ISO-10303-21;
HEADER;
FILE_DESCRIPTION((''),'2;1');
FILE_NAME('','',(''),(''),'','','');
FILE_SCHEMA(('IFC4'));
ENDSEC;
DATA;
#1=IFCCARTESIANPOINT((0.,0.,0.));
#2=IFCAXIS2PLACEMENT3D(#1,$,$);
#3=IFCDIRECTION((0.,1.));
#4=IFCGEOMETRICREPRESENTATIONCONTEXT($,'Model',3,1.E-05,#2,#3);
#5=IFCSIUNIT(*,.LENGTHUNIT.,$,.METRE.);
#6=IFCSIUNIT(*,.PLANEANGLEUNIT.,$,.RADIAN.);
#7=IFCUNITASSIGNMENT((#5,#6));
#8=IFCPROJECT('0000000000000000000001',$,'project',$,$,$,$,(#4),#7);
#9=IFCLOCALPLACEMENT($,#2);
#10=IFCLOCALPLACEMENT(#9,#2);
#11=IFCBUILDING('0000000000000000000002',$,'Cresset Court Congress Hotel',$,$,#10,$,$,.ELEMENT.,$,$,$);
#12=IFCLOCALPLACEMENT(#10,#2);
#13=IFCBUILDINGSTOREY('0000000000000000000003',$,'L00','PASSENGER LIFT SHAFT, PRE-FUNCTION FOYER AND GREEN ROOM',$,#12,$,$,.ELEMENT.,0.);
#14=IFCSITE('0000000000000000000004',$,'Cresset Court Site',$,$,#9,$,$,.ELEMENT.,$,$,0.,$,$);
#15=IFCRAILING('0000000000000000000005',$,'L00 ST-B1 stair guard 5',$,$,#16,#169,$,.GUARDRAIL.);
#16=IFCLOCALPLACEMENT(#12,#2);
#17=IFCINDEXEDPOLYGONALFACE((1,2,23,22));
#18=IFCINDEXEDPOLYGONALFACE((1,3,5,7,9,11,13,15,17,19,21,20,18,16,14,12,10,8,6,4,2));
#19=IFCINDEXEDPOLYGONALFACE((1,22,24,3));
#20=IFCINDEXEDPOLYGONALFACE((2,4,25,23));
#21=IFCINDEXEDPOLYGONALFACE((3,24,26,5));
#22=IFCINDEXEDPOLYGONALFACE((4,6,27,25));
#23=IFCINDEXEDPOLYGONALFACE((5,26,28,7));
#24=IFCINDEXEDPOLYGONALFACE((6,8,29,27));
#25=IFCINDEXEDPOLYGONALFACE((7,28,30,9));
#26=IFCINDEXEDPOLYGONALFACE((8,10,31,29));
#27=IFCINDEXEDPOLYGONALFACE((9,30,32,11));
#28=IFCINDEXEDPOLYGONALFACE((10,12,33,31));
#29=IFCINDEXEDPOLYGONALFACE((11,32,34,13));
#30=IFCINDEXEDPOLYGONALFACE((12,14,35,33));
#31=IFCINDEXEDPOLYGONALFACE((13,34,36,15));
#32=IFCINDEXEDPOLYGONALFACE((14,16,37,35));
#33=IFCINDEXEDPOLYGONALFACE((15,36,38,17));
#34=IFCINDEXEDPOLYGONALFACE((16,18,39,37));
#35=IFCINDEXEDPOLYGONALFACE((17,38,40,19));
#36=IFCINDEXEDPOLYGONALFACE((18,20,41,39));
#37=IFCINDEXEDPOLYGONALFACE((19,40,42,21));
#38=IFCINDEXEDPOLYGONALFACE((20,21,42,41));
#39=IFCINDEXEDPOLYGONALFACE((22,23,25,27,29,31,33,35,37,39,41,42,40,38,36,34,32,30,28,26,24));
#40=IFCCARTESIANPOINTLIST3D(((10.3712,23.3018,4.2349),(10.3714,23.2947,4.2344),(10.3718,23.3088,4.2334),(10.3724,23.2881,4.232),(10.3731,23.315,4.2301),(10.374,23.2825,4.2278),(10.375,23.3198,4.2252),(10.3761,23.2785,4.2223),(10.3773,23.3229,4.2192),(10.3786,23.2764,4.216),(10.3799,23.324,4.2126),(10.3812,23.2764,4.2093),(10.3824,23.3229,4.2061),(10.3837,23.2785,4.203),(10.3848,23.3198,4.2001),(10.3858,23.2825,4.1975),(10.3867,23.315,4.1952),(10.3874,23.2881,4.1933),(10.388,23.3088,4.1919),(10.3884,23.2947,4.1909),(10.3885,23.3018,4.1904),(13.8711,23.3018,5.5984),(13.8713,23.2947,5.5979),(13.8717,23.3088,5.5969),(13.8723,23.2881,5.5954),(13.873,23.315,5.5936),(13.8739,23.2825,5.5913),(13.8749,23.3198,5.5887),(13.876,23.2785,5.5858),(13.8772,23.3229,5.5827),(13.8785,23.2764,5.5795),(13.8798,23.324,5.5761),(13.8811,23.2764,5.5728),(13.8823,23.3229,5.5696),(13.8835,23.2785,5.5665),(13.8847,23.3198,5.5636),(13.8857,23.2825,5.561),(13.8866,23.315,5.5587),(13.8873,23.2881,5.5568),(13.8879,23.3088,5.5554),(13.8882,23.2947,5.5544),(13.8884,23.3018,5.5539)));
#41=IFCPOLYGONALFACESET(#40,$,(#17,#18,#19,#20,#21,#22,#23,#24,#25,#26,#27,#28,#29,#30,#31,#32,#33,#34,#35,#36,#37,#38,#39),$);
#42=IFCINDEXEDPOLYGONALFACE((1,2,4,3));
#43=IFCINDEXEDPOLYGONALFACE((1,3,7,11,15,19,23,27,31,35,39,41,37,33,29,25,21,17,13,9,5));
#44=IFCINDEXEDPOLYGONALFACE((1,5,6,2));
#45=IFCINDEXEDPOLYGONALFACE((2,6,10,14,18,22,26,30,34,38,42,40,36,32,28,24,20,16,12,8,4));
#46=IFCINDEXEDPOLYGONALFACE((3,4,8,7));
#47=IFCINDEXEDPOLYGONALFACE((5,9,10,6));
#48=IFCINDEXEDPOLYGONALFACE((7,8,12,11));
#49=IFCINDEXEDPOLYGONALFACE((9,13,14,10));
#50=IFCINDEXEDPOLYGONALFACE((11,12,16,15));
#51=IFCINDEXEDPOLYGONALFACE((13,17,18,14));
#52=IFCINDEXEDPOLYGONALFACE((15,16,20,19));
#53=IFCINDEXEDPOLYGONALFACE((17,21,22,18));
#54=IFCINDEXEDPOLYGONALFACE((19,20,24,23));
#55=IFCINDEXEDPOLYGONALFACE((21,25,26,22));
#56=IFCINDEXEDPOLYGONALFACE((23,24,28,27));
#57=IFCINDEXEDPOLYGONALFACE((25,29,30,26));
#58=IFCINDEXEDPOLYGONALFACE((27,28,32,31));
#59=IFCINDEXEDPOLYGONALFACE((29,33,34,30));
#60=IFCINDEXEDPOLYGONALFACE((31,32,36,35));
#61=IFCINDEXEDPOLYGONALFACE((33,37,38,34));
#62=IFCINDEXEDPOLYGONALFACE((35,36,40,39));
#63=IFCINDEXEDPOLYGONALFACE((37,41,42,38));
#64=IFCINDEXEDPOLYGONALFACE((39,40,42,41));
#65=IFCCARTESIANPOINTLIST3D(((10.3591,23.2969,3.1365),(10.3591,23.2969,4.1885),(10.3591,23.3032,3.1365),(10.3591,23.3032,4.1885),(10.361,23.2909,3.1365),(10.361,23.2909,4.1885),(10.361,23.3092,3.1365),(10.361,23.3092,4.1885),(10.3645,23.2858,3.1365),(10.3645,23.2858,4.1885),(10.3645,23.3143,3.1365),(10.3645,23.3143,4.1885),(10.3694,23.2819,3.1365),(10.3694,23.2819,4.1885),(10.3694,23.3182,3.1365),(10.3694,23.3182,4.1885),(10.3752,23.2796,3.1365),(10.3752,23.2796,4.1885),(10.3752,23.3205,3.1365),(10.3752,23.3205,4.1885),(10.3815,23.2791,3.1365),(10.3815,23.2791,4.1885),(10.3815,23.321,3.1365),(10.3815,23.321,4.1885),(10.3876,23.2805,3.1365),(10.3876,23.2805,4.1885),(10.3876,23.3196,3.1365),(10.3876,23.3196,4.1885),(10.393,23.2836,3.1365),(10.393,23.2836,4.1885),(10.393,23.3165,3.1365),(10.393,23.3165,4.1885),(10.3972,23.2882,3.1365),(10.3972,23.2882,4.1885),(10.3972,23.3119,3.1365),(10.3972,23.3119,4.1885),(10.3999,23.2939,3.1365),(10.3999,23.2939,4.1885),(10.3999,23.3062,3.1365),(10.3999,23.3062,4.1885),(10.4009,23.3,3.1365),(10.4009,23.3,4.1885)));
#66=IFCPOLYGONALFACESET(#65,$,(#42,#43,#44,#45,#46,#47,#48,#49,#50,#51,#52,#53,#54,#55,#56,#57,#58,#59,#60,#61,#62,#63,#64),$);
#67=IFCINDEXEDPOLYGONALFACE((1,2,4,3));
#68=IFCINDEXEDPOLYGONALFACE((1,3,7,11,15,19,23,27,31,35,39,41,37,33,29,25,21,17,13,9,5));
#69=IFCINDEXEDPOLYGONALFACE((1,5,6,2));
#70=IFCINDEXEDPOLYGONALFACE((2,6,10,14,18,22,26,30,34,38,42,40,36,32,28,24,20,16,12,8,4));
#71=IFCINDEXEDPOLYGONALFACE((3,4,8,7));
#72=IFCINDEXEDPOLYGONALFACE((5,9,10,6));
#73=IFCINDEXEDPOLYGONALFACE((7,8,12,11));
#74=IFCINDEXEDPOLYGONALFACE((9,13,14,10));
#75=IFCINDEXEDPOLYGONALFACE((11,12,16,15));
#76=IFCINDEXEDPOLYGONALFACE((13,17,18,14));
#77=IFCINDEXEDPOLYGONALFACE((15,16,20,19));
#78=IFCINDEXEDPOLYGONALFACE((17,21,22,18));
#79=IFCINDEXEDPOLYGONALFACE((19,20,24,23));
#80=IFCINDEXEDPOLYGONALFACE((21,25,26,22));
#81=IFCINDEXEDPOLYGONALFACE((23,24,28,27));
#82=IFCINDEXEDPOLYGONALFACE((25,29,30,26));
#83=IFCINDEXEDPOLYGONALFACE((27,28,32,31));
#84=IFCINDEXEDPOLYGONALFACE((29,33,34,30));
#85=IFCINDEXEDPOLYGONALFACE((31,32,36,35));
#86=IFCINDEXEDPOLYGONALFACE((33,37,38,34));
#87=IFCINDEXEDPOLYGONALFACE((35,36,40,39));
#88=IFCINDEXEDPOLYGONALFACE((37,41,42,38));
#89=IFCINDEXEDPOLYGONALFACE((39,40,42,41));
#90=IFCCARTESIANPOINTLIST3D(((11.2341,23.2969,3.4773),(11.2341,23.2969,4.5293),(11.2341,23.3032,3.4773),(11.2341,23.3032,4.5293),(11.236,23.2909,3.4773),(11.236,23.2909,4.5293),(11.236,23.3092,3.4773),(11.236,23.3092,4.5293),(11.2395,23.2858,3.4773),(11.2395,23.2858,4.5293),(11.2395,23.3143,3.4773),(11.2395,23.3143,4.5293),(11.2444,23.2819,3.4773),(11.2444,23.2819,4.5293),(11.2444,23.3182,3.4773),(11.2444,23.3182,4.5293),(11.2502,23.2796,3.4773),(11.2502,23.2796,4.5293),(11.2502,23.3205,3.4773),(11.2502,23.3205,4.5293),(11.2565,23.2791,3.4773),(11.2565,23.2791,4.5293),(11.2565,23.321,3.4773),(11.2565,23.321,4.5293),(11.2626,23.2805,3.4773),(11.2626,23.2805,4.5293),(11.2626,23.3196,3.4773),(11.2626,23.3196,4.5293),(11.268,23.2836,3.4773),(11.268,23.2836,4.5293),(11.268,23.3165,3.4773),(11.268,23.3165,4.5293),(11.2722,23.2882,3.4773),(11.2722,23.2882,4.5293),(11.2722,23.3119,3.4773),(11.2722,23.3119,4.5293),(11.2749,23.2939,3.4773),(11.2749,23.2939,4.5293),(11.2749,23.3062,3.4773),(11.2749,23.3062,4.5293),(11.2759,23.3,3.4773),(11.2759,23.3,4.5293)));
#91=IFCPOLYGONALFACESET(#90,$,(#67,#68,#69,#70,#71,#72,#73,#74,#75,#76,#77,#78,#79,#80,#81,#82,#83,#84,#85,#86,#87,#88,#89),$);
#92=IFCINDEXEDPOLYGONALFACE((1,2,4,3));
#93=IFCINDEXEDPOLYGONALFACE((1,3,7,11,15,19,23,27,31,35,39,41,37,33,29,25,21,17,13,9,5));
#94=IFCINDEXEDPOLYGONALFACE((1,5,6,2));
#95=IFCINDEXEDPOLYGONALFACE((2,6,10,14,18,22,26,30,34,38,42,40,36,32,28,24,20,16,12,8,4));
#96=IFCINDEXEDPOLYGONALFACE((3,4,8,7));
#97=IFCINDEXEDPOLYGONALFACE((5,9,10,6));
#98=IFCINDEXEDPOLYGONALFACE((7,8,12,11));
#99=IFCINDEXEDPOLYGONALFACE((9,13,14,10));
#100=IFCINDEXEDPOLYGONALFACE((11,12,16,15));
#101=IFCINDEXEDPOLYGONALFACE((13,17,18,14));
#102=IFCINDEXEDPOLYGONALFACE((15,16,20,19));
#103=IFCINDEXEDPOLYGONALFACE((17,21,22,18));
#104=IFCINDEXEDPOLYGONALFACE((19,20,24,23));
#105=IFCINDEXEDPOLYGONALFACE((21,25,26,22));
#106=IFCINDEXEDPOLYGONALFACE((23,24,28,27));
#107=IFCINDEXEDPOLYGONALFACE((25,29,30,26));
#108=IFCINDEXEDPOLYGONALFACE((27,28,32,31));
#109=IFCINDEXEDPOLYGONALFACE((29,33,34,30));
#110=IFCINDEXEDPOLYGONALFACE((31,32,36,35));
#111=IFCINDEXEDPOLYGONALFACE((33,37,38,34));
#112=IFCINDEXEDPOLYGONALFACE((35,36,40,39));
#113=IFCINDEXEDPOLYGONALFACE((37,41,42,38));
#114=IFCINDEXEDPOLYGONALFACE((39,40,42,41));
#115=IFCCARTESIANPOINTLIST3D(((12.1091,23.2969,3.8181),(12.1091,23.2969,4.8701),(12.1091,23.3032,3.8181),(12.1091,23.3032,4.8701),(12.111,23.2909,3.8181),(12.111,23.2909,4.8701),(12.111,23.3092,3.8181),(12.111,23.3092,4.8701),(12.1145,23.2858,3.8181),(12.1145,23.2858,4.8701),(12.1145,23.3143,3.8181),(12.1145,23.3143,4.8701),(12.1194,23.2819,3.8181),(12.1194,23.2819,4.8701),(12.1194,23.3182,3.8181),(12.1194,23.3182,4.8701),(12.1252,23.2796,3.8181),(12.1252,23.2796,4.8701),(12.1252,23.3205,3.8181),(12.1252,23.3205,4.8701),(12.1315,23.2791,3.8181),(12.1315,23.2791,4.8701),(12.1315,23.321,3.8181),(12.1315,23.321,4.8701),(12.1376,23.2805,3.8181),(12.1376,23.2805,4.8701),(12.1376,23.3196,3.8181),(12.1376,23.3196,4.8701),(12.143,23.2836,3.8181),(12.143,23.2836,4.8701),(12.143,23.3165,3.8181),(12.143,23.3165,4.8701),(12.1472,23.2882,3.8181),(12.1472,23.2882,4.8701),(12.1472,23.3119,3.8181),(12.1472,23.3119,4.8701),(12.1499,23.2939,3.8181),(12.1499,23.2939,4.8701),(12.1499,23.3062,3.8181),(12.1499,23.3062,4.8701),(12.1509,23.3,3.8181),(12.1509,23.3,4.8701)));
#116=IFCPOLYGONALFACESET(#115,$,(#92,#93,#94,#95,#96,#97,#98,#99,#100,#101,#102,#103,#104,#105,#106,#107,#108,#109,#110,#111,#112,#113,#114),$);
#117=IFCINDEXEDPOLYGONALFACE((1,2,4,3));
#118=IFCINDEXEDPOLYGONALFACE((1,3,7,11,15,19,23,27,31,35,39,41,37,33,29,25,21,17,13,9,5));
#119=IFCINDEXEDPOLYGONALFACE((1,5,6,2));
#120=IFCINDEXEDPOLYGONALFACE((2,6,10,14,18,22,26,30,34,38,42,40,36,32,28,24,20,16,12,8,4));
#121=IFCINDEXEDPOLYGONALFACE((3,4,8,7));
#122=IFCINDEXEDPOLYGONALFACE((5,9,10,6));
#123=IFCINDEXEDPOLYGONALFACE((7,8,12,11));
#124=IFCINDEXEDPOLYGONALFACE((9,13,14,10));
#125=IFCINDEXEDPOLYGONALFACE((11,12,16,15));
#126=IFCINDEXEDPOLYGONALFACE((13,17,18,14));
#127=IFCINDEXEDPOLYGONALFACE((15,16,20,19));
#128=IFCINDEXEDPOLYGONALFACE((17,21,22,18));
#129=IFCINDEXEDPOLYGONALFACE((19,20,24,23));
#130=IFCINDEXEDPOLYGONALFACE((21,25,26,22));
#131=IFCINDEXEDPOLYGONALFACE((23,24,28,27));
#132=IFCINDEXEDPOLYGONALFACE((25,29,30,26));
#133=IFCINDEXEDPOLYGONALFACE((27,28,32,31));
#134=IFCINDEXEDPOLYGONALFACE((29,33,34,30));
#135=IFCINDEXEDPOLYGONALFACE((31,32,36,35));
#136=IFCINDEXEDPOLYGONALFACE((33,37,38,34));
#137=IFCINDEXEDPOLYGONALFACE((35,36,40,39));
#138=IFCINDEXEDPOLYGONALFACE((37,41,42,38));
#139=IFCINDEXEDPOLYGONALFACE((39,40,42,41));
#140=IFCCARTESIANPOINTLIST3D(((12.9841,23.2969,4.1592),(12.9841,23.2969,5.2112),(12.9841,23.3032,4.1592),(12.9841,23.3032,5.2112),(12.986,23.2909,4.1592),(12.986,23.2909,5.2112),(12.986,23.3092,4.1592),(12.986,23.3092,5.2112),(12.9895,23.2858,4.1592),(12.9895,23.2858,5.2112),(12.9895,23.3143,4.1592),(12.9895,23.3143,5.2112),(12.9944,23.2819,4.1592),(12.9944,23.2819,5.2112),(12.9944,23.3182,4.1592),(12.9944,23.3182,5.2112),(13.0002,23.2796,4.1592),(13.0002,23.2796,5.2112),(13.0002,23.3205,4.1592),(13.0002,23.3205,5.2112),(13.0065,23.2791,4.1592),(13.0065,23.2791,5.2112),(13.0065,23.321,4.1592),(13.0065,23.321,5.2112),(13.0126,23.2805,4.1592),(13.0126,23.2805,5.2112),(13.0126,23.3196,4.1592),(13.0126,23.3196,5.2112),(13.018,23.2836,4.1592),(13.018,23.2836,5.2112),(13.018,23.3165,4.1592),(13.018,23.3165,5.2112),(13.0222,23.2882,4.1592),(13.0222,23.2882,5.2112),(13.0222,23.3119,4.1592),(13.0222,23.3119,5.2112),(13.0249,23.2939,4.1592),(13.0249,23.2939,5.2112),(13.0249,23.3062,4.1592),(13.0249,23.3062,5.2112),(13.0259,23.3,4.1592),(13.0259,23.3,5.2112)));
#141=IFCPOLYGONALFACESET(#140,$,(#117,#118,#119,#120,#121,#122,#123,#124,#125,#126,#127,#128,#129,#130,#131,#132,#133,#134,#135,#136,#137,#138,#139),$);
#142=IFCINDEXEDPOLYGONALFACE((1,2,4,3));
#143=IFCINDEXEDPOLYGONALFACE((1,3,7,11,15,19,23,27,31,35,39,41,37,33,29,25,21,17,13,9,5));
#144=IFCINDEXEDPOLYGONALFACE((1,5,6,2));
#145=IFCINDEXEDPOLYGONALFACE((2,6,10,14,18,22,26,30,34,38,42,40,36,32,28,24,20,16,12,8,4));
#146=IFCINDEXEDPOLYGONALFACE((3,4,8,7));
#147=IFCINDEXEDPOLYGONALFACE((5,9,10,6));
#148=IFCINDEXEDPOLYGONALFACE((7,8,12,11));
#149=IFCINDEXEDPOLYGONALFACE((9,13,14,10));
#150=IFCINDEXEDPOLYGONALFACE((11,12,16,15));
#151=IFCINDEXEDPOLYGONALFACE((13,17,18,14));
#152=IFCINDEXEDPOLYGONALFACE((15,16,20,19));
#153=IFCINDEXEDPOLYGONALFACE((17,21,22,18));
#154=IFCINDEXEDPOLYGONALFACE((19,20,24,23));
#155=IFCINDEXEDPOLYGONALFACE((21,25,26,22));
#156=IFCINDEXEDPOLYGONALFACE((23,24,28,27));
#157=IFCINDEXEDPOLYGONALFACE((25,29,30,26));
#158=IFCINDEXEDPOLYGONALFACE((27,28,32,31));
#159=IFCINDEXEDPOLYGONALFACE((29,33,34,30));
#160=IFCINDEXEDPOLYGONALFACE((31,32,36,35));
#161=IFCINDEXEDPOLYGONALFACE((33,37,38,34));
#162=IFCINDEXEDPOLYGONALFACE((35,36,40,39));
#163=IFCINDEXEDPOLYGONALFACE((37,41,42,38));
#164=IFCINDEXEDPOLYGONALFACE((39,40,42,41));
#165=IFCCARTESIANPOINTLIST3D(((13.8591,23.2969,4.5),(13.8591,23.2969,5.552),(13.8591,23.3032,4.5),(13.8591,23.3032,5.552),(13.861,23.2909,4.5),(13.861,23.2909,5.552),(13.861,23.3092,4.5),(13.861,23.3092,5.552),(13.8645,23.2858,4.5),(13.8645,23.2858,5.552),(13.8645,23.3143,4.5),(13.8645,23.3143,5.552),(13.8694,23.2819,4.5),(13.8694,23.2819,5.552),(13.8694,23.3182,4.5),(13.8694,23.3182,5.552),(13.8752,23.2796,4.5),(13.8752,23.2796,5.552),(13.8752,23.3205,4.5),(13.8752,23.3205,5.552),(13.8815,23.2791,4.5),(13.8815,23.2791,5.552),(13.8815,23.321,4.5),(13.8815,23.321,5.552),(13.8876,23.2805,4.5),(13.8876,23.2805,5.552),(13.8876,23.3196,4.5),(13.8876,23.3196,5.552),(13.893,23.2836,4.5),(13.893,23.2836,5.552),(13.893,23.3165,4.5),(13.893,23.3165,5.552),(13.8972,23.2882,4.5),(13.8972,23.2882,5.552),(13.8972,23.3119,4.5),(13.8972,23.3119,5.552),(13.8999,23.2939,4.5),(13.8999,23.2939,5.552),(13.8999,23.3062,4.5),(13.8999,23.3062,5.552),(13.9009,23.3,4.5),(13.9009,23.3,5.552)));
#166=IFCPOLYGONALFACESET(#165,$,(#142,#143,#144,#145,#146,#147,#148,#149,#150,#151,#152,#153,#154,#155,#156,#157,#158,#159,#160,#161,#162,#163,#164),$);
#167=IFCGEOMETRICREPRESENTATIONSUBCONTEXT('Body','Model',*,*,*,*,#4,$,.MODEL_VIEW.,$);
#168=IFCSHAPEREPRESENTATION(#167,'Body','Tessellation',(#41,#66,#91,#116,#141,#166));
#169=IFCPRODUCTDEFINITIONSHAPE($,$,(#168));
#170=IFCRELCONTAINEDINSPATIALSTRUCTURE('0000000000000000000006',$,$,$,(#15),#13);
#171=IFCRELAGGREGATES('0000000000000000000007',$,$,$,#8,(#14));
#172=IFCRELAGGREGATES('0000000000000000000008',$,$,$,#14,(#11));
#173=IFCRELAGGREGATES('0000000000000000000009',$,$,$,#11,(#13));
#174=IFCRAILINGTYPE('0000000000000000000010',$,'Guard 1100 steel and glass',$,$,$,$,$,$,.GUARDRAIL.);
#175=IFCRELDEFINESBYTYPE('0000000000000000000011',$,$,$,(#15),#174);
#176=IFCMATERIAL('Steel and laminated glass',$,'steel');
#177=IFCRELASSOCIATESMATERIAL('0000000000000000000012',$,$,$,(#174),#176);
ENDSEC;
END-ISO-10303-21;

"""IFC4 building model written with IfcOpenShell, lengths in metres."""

from ifc_helpers import new_model, si_unit, direction, frame, origin, origin_2d, place, context, subcontext, project, spatial, circle, extrude, material, type_object, element, save


model = new_model("IFC4")

# Units and contexts
model_context = context("Model", 3, precision=1e-05, world=origin(), true_north=direction((0.0, 1.0)))
body_context = subcontext(model_context, "Body", "Model", "MODEL_VIEW")
ifc_project = project(units=[si_unit("LENGTHUNIT", "METRE"), si_unit("PLANEANGLEUNIT", "RADIAN")], contexts=[model_context])

# Site, building, storey
site_placement = place(None, origin())
site = spatial("IfcSite", under=ifc_project, at=site_placement, Name="Cresset Court Site", CompositionType="ELEMENT", RefElevation=0.0)
building_placement = place(site_placement, origin())
building = spatial("IfcBuilding", under=site, at=building_placement, Name="Cresset Court Congress Hotel", CompositionType="ELEMENT")
storey_placement = place(building_placement, origin())
storey = spatial("IfcBuildingStorey", under=building, at=storey_placement, Name="L00", Description="PASSENGER LIFT SHAFT, PRE-FUNCTION FOYER AND GREEN ROOM", CompositionType="ELEMENT", Elevation=0.0)

# Railing
ifc_material_1 = material(Name="Steel and laminated glass", Category="steel")
railing_type_1 = type_object("IfcRailingType", Name="Guard 1100 steel and glass", PredefinedType="GUARDRAIL", material=ifc_material_1)
railing_1_placement = place(storey_placement, frame((10.3799, 23.3, 3.1365)))
element("IfcRailing", 1, at=railing_1_placement, inside=storey, type_object=railing_type_1, Name="L00 ST-B1 stair guard 5", PredefinedType="GUARDRAIL", context=body_context, shape_type="SweptSolid", body=[
    extrude(circle(Radius=0.0239, at=origin_2d()), frame((0.0, 0.0, 1.0762), z_axis=(0.931787, 0.0, 0.363005), x_axis=(0.0, 1.0, 0.0)), (0.0, 0.0, 1.0), 3.7561),
    extrude(circle(Radius=0.021, at=origin_2d()), origin(), (0.0, 0.0, 1.0), 1.052),
    extrude(circle(Radius=0.021, at=origin_2d()), frame((0.875, 0.0, 0.3408)), (0.0, 0.0, 1.0), 1.052),
    extrude(circle(Radius=0.021, at=origin_2d()), frame((1.75, 0.0, 0.6816)), (0.0, 0.0, 1.0), 1.052),
    extrude(circle(Radius=0.021, at=origin_2d()), frame((2.625, 0.0, 1.0227)), (0.0, 0.0, 1.0), 1.052),
    extrude(circle(Radius=0.021, at=origin_2d()), frame((3.5, 0.0, 1.3635)), (0.0, 0.0, 1.0), 1.052),
])

save(model, "model.ifc")
